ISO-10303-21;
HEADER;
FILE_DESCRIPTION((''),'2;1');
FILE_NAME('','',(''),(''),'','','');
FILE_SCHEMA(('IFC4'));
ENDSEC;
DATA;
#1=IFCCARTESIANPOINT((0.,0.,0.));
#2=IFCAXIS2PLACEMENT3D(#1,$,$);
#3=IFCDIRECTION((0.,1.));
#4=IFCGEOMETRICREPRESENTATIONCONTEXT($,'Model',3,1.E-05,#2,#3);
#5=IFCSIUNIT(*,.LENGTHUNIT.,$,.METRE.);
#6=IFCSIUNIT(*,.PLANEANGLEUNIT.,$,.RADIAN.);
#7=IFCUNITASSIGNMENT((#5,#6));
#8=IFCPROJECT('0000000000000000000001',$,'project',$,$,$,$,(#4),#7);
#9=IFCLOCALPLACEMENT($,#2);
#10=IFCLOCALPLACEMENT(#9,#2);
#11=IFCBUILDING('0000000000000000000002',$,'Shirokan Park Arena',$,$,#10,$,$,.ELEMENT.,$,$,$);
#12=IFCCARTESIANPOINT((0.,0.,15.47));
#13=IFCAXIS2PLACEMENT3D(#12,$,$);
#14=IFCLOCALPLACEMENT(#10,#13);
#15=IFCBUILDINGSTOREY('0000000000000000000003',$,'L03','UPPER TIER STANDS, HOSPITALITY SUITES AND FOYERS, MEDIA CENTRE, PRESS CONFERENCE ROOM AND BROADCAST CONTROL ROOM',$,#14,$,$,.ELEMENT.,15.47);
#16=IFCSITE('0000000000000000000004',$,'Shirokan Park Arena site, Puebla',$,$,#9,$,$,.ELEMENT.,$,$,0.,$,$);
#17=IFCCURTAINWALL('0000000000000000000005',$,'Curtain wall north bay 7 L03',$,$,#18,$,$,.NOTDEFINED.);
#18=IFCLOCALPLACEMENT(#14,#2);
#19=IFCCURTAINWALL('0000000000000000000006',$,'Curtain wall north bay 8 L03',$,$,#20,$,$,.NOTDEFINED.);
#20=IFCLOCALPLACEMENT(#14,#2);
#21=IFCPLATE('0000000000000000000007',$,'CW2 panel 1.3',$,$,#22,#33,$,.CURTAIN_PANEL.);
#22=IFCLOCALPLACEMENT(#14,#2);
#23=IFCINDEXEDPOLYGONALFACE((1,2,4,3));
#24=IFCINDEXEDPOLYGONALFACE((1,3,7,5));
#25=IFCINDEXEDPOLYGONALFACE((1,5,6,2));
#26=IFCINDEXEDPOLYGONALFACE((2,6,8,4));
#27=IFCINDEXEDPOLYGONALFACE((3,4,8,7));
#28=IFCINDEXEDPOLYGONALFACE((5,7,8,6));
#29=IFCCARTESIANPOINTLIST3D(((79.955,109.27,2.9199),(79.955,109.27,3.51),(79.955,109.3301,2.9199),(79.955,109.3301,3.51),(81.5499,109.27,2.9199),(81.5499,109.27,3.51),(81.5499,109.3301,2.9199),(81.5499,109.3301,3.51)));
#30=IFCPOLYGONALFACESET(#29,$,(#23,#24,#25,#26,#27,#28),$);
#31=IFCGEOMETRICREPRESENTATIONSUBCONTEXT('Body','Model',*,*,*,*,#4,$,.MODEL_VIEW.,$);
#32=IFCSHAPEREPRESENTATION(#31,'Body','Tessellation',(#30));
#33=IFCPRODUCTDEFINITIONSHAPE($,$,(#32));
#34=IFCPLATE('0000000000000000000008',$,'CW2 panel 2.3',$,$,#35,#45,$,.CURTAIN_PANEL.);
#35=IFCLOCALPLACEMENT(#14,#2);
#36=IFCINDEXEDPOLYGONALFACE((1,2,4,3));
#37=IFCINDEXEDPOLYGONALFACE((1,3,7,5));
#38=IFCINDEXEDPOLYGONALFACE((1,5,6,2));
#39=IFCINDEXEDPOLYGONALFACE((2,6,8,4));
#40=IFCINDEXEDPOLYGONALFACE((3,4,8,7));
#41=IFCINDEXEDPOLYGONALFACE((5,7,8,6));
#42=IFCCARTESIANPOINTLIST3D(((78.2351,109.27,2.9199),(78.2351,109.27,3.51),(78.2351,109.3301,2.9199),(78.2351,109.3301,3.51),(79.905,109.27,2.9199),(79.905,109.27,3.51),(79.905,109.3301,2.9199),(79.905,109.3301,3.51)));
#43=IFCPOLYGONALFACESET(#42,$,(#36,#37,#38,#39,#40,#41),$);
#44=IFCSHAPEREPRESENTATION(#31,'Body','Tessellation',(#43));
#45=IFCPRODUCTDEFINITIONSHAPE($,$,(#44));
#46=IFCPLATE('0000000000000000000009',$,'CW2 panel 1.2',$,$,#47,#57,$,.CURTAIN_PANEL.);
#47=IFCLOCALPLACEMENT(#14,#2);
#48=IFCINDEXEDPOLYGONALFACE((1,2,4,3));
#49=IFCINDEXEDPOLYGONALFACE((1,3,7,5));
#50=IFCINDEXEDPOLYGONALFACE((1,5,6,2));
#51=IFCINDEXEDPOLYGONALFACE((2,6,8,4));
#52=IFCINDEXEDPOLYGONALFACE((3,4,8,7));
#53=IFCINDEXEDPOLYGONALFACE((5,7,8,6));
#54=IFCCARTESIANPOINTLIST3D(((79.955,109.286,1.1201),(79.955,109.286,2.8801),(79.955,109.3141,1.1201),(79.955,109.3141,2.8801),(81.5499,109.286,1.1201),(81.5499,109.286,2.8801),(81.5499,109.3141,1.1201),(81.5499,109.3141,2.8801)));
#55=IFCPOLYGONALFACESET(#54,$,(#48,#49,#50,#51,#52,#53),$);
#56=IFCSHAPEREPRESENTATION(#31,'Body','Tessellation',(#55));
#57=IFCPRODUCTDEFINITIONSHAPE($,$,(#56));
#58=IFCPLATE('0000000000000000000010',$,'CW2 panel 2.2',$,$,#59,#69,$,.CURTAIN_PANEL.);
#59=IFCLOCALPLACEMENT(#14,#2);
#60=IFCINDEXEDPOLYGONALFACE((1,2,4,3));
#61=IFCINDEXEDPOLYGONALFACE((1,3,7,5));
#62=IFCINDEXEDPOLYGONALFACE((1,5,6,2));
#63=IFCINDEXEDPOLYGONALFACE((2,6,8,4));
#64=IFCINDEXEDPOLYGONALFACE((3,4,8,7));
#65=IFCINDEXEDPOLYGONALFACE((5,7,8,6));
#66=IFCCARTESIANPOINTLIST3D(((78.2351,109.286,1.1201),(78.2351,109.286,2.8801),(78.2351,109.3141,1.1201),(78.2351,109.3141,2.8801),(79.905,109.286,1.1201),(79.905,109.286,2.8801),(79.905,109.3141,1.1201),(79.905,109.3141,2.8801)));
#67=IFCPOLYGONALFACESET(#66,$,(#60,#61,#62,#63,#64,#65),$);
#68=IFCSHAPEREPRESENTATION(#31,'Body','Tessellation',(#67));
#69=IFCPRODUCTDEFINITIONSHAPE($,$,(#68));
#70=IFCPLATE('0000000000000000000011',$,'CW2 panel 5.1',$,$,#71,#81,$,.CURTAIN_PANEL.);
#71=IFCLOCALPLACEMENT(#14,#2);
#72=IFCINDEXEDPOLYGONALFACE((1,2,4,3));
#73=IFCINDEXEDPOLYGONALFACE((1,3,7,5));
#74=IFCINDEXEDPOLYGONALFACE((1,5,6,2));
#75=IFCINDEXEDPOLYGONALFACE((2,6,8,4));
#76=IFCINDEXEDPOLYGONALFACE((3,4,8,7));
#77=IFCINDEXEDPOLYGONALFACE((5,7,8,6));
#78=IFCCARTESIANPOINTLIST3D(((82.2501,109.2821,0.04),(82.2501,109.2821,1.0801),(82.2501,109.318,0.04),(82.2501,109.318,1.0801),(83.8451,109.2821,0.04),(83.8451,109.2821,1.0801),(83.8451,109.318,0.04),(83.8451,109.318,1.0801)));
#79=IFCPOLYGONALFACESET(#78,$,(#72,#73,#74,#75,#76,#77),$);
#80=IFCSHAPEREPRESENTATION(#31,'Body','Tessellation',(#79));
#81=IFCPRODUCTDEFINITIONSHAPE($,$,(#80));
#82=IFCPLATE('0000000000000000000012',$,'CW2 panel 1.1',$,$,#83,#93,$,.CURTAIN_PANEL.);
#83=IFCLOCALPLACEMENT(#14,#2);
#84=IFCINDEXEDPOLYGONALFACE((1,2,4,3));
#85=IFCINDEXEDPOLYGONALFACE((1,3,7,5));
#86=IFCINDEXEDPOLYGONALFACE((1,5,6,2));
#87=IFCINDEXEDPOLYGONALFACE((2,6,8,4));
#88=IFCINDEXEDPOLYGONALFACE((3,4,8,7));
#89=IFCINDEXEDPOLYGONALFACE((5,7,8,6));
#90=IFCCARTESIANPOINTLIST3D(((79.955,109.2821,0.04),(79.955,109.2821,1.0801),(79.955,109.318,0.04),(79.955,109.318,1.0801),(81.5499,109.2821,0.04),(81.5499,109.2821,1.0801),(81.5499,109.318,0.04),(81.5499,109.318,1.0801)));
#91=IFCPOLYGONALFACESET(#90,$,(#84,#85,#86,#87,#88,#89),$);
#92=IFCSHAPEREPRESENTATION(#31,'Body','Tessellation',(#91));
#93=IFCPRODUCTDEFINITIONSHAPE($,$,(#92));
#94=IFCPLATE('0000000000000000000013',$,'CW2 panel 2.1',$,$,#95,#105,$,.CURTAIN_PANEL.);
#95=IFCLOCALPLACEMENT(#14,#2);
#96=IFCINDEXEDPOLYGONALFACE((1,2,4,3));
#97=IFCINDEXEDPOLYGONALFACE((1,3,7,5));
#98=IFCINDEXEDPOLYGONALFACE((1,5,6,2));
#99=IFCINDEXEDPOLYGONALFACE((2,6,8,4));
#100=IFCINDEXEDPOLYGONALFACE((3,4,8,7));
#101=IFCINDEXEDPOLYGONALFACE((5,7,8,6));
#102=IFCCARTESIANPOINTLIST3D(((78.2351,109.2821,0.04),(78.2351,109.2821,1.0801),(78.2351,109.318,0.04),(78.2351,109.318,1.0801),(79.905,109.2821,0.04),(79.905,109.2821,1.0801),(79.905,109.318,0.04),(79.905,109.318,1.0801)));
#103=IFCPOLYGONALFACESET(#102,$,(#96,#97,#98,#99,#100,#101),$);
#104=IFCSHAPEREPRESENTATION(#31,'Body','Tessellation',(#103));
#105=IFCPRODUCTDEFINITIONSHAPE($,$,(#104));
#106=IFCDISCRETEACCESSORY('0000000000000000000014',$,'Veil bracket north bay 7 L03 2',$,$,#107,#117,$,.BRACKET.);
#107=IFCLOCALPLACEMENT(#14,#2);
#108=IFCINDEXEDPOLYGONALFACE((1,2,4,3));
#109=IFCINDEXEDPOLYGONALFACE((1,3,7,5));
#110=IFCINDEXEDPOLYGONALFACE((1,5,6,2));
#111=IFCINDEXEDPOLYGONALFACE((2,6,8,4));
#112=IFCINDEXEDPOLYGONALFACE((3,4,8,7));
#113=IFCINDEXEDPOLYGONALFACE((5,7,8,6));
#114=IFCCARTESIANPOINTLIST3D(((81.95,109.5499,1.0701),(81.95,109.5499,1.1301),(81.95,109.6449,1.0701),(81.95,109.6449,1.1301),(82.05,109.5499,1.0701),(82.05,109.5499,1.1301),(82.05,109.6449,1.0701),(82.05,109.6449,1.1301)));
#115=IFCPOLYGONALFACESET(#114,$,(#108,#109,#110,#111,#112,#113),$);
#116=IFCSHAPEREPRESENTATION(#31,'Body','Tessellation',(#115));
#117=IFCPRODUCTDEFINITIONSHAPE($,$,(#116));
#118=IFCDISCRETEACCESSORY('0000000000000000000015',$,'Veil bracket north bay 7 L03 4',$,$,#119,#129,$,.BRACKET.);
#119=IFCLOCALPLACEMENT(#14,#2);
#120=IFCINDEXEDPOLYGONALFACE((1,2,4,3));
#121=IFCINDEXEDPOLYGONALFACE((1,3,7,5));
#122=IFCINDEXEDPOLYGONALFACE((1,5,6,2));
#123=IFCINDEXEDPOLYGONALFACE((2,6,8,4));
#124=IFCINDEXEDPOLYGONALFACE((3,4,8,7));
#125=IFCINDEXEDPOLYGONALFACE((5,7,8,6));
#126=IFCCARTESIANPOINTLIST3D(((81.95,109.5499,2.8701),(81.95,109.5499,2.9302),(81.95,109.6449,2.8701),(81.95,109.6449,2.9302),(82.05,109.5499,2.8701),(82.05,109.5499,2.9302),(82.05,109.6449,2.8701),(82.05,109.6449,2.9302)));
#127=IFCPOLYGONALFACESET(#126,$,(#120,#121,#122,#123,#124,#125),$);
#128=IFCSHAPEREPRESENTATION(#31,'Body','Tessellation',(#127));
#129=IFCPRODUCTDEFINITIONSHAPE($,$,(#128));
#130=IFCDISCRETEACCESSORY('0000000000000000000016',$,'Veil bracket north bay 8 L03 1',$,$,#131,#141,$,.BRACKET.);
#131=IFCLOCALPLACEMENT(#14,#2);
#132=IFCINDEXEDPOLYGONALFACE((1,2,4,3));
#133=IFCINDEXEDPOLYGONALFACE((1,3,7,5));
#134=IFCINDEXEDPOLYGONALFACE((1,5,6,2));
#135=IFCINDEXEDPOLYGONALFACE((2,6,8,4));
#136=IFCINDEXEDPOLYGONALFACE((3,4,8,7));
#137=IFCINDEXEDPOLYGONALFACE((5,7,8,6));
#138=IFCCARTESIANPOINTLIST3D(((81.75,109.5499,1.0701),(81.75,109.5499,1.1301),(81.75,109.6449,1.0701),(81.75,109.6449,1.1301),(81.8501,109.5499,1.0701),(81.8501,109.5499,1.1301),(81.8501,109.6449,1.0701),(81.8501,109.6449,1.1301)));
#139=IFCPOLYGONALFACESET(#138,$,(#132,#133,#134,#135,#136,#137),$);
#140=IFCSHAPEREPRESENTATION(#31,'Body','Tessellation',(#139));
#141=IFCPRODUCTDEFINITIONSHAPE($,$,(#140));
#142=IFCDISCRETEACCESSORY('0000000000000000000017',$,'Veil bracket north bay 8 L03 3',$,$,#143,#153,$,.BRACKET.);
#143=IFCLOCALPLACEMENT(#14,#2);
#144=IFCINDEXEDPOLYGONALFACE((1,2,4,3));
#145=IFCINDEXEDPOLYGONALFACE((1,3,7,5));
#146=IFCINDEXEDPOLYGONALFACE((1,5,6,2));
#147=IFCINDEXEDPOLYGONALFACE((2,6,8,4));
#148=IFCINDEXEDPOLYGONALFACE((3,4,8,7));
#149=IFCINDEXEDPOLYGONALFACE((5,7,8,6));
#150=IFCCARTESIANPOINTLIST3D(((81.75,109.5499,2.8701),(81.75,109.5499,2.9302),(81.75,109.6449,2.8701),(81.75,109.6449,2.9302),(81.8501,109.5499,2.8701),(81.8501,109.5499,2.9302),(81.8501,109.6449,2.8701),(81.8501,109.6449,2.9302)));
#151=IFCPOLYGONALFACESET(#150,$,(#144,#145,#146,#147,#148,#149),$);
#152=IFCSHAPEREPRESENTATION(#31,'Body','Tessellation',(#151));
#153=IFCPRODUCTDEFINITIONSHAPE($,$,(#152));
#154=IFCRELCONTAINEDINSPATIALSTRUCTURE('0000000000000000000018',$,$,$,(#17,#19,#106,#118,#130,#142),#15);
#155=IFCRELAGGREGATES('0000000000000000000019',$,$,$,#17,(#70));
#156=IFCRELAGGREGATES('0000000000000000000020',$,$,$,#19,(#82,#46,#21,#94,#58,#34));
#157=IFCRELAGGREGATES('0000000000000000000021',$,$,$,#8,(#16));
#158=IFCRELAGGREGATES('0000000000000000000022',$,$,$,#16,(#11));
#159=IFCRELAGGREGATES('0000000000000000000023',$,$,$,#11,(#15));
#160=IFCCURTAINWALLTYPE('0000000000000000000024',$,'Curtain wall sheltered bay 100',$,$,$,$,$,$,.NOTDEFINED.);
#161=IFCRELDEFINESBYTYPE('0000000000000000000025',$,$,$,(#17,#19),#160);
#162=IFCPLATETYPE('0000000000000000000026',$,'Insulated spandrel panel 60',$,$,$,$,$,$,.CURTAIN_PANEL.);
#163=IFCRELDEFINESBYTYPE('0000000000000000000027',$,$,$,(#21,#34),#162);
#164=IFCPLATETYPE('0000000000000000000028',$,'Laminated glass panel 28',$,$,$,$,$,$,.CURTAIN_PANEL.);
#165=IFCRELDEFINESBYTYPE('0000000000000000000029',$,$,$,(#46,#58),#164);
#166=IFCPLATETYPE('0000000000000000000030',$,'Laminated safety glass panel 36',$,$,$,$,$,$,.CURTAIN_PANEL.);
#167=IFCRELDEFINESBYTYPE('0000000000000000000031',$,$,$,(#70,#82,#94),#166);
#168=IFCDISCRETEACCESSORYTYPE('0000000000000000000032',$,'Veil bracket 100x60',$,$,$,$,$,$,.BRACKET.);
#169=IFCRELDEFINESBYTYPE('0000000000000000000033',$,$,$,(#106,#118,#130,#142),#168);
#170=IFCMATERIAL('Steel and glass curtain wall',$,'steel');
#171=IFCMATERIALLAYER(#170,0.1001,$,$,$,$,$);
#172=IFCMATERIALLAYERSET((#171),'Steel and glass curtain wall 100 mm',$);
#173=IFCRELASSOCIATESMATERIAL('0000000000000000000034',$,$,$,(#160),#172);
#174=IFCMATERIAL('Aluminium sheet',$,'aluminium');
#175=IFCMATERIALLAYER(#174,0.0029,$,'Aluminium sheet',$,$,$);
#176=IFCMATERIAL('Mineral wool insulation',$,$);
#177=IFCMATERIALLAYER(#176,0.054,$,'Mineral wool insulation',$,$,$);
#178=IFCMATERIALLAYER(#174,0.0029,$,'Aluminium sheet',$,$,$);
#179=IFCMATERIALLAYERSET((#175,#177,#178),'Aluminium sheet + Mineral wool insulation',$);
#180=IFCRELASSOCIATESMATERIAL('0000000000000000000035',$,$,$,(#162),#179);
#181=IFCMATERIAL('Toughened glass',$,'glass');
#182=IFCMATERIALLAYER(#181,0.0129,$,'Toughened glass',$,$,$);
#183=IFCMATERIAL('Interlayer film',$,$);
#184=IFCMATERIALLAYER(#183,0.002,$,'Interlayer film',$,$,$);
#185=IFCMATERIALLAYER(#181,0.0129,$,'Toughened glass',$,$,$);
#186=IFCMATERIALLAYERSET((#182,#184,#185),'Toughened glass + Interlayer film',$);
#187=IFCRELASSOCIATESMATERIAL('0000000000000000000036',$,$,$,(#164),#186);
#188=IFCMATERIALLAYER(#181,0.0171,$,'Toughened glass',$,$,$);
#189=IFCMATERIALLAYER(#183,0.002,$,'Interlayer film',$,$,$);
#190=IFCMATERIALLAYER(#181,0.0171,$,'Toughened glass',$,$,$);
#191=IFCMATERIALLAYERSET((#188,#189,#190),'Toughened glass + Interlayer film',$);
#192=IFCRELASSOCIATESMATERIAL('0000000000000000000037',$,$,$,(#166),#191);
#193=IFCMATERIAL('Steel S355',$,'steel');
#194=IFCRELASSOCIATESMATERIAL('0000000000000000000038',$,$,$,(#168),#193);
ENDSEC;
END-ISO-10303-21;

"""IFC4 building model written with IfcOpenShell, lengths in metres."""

from ifc_helpers import new_model, si_unit, direction, frame, origin, origin_2d, place, context, subcontext, project, spatial, rectangle, extrude, material, layer, layer_set, type_object, element, aggregate, save


model = new_model("IFC4")

# Units and contexts
model_context = context("Model", 3, precision=1e-05, world=origin(), true_north=direction((0.0, 1.0)))
body_context = subcontext(model_context, "Body", "Model", "MODEL_VIEW")
ifc_project = project(units=[si_unit("LENGTHUNIT", "METRE"), si_unit("PLANEANGLEUNIT", "RADIAN")], contexts=[model_context])

# Site, building, storey
site_placement = place(None, origin())
site = spatial("IfcSite", under=ifc_project, at=site_placement, Name="Shirokan Park Arena site, Puebla", CompositionType="ELEMENT", RefElevation=0.0)
building_placement = place(site_placement, origin())
building = spatial("IfcBuilding", under=site, at=building_placement, Name="Shirokan Park Arena", CompositionType="ELEMENT")
storey_placement = place(building_placement, frame((0.0, 0.0, 15.47)))
storey = spatial("IfcBuildingStorey", under=building, at=storey_placement, Name="L03", Description="UPPER TIER STANDS, HOSPITALITY SUITES AND FOYERS, MEDIA CENTRE, PRESS CONFERENCE ROOM AND BROADCAST CONTROL ROOM", CompositionType="ELEMENT", Elevation=15.47)

# Curtain wall
ifc_material_1 = material(Name="Steel and glass curtain wall", Category="steel")
ifc_layer_1 = layer(ifc_material_1, 0.1001)
ifc_layer_set_1 = layer_set([ifc_layer_1], Name="Steel and glass curtain wall 100 mm")
curtain_wall_type = type_object("IfcCurtainWallType", Name="Curtain wall sheltered bay 100", PredefinedType="NOTDEFINED", material=ifc_layer_set_1)
curtain_wall_1_placement = place(storey_placement, origin())
curtain_wall_1 = element("IfcCurtainWall", 1, at=curtain_wall_1_placement, inside=storey, type_object=curtain_wall_type, Name="Curtain wall north bay 7 L03", PredefinedType="NOTDEFINED")
ifc_material_2 = material(Name="Steel S355", Category="steel")

# Curtain wall, plates
curtain_wall_2_placement = place(storey_placement, origin())
curtain_wall_2 = element("IfcCurtainWall", 2, at=curtain_wall_2_placement, inside=storey, type_object=curtain_wall_type, Name="Curtain wall north bay 8 L03", PredefinedType="NOTDEFINED")
ifc_material_3 = material(Name="Aluminium sheet", Category="aluminium")
ifc_layer_2 = layer(ifc_material_3, 0.0029, Name="Aluminium sheet")
ifc_material_4 = material(Name="Mineral wool insulation")
ifc_layer_3 = layer(ifc_material_4, 0.054, Name="Mineral wool insulation")
ifc_layer_4 = layer(ifc_material_3, 0.0029, Name="Aluminium sheet")
ifc_layer_set_2 = layer_set([ifc_layer_2, ifc_layer_3, ifc_layer_4], Name="Aluminium sheet + Mineral wool insulation")
plate_type_1 = type_object("IfcPlateType", Name="Insulated spandrel panel 60", PredefinedType="CURTAIN_PANEL", material=ifc_layer_set_2)
plate_1_placement = place(storey_placement, frame((80.7524, 109.3, 2.9199), z_axis=(0.0, 0.0, 1.0), x_axis=(-1.0, 0.0, 0.0)))
plate_1 = element("IfcPlate", 3, at=plate_1_placement, type_object=plate_type_1, Name="CW2 panel 1.3", PredefinedType="CURTAIN_PANEL", context=body_context, shape_type="SweptSolid", body=[
    extrude(rectangle(XDim=1.595, YDim=0.0601, at=origin_2d()), origin(), (0.0, 0.0, 1.0), 0.5901),
])
plate_2_placement = place(storey_placement, frame((79.0701, 109.3, 2.9199), z_axis=(0.0, 0.0, 1.0), x_axis=(-1.0, 0.0, 0.0)))
plate_2 = element("IfcPlate", 4, at=plate_2_placement, type_object=plate_type_1, Name="CW2 panel 2.3", PredefinedType="CURTAIN_PANEL", context=body_context, shape_type="SweptSolid", body=[
    extrude(rectangle(XDim=1.6699, YDim=0.0601, at=origin_2d()), origin(), (0.0, 0.0, 1.0), 0.5901),
])
ifc_material_5 = material(Name="Toughened glass", Category="glass")
ifc_layer_5 = layer(ifc_material_5, 0.0129, Name="Toughened glass")
ifc_material_6 = material(Name="Interlayer film")
ifc_layer_6 = layer(ifc_material_6, 0.002, Name="Interlayer film")
ifc_layer_7 = layer(ifc_material_5, 0.0129, Name="Toughened glass")
ifc_layer_set_3 = layer_set([ifc_layer_5, ifc_layer_6, ifc_layer_7], Name="Toughened glass + Interlayer film")
plate_type_2 = type_object("IfcPlateType", Name="Laminated glass panel 28", PredefinedType="CURTAIN_PANEL", material=ifc_layer_set_3)
plate_3_placement = place(storey_placement, frame((80.7524, 109.3, 1.1201), z_axis=(0.0, 0.0, 1.0), x_axis=(-1.0, 0.0, 0.0)))
plate_3 = element("IfcPlate", 5, at=plate_3_placement, type_object=plate_type_2, Name="CW2 panel 1.2", PredefinedType="CURTAIN_PANEL", context=body_context, shape_type="SweptSolid", body=[
    extrude(rectangle(XDim=1.595, YDim=0.0281, at=origin_2d()), origin(), (0.0, 0.0, 1.0), 1.76),
])
plate_4_placement = place(storey_placement, frame((79.0701, 109.3, 1.1201), z_axis=(0.0, 0.0, 1.0), x_axis=(-1.0, 0.0, 0.0)))
plate_4 = element("IfcPlate", 6, at=plate_4_placement, type_object=plate_type_2, Name="CW2 panel 2.2", PredefinedType="CURTAIN_PANEL", context=body_context, shape_type="SweptSolid", body=[
    extrude(rectangle(XDim=1.6699, YDim=0.0281, at=origin_2d()), origin(), (0.0, 0.0, 1.0), 1.76),
])

# Plates
ifc_layer_8 = layer(ifc_material_5, 0.0171, Name="Toughened glass")
ifc_layer_9 = layer(ifc_material_6, 0.002, Name="Interlayer film")
ifc_layer_10 = layer(ifc_material_5, 0.0171, Name="Toughened glass")
ifc_layer_set_4 = layer_set([ifc_layer_8, ifc_layer_9, ifc_layer_10], Name="Toughened glass + Interlayer film")
plate_type_3 = type_object("IfcPlateType", Name="Laminated safety glass panel 36", PredefinedType="CURTAIN_PANEL", material=ifc_layer_set_4)
plate_5_placement = place(storey_placement, frame((83.0476, 109.3, 0.04), z_axis=(0.0, 0.0, 1.0), x_axis=(-1.0, 0.0, 0.0)))
plate_5 = element("IfcPlate", 7, at=plate_5_placement, type_object=plate_type_3, Name="CW2 panel 5.1", PredefinedType="CURTAIN_PANEL", context=body_context, shape_type="SweptSolid", body=[
    extrude(rectangle(XDim=1.595, YDim=0.0359, at=origin_2d()), origin(), (0.0, 0.0, 1.0), 1.04),
])
aggregate(curtain_wall_1, [plate_5])
plate_6_placement = place(storey_placement, frame((80.7524, 109.3, 0.04), z_axis=(0.0, 0.0, 1.0), x_axis=(-1.0, 0.0, 0.0)))
plate_6 = element("IfcPlate", 8, at=plate_6_placement, type_object=plate_type_3, Name="CW2 panel 1.1", PredefinedType="CURTAIN_PANEL", context=body_context, shape_type="SweptSolid", body=[
    extrude(rectangle(XDim=1.595, YDim=0.0359, at=origin_2d()), origin(), (0.0, 0.0, 1.0), 1.04),
])
plate_7_placement = place(storey_placement, frame((79.0701, 109.3, 0.04), z_axis=(0.0, 0.0, 1.0), x_axis=(-1.0, 0.0, 0.0)))
plate_7 = element("IfcPlate", 9, at=plate_7_placement, type_object=plate_type_3, Name="CW2 panel 2.1", PredefinedType="CURTAIN_PANEL", context=body_context, shape_type="SweptSolid", body=[
    extrude(rectangle(XDim=1.6699, YDim=0.0359, at=origin_2d()), origin(), (0.0, 0.0, 1.0), 1.04),
])
aggregate(curtain_wall_2, [plate_6, plate_3, plate_1, plate_7, plate_4, plate_2])

# Discrete accessories
discrete_accessory_type = type_object("IfcDiscreteAccessoryType", Name="Veil bracket 100x60", PredefinedType="BRACKET", material=ifc_material_2)
for number, where, z_axis, x_axis, name in (
    (10, (82.0, 109.5974, 1.0701), (0.0, 0.0, 1.0), (-1.0, 0.0, 0.0), "Veil bracket north bay 7 L03 2"),
    (11, (82.0, 109.5974, 2.8701), (0.0, 0.0, 1.0), (-1.0, 0.0, 0.0), "Veil bracket north bay 7 L03 4"),
    (12, (81.8, 109.5974, 1.0701), (0.0, 0.0, 1.0), (-1.0, 0.0, 0.0), "Veil bracket north bay 8 L03 1"),
    (13, (81.8, 109.5974, 2.8701), (0.0, 0.0, 1.0), (-1.0, 0.0, 0.0), "Veil bracket north bay 8 L03 3"),
):
    element("IfcDiscreteAccessory", number, at=place(storey_placement, frame(where, z_axis=z_axis, x_axis=x_axis)), inside=storey, type_object=discrete_accessory_type, Name=name, PredefinedType="BRACKET", context=body_context, shape_type="SweptSolid", body=[
        extrude(rectangle(XDim=0.1001, YDim=0.095, at=origin_2d()), origin(), (0.0, 0.0, 1.0), 0.0601),
    ])

save(model, "model.ifc")
